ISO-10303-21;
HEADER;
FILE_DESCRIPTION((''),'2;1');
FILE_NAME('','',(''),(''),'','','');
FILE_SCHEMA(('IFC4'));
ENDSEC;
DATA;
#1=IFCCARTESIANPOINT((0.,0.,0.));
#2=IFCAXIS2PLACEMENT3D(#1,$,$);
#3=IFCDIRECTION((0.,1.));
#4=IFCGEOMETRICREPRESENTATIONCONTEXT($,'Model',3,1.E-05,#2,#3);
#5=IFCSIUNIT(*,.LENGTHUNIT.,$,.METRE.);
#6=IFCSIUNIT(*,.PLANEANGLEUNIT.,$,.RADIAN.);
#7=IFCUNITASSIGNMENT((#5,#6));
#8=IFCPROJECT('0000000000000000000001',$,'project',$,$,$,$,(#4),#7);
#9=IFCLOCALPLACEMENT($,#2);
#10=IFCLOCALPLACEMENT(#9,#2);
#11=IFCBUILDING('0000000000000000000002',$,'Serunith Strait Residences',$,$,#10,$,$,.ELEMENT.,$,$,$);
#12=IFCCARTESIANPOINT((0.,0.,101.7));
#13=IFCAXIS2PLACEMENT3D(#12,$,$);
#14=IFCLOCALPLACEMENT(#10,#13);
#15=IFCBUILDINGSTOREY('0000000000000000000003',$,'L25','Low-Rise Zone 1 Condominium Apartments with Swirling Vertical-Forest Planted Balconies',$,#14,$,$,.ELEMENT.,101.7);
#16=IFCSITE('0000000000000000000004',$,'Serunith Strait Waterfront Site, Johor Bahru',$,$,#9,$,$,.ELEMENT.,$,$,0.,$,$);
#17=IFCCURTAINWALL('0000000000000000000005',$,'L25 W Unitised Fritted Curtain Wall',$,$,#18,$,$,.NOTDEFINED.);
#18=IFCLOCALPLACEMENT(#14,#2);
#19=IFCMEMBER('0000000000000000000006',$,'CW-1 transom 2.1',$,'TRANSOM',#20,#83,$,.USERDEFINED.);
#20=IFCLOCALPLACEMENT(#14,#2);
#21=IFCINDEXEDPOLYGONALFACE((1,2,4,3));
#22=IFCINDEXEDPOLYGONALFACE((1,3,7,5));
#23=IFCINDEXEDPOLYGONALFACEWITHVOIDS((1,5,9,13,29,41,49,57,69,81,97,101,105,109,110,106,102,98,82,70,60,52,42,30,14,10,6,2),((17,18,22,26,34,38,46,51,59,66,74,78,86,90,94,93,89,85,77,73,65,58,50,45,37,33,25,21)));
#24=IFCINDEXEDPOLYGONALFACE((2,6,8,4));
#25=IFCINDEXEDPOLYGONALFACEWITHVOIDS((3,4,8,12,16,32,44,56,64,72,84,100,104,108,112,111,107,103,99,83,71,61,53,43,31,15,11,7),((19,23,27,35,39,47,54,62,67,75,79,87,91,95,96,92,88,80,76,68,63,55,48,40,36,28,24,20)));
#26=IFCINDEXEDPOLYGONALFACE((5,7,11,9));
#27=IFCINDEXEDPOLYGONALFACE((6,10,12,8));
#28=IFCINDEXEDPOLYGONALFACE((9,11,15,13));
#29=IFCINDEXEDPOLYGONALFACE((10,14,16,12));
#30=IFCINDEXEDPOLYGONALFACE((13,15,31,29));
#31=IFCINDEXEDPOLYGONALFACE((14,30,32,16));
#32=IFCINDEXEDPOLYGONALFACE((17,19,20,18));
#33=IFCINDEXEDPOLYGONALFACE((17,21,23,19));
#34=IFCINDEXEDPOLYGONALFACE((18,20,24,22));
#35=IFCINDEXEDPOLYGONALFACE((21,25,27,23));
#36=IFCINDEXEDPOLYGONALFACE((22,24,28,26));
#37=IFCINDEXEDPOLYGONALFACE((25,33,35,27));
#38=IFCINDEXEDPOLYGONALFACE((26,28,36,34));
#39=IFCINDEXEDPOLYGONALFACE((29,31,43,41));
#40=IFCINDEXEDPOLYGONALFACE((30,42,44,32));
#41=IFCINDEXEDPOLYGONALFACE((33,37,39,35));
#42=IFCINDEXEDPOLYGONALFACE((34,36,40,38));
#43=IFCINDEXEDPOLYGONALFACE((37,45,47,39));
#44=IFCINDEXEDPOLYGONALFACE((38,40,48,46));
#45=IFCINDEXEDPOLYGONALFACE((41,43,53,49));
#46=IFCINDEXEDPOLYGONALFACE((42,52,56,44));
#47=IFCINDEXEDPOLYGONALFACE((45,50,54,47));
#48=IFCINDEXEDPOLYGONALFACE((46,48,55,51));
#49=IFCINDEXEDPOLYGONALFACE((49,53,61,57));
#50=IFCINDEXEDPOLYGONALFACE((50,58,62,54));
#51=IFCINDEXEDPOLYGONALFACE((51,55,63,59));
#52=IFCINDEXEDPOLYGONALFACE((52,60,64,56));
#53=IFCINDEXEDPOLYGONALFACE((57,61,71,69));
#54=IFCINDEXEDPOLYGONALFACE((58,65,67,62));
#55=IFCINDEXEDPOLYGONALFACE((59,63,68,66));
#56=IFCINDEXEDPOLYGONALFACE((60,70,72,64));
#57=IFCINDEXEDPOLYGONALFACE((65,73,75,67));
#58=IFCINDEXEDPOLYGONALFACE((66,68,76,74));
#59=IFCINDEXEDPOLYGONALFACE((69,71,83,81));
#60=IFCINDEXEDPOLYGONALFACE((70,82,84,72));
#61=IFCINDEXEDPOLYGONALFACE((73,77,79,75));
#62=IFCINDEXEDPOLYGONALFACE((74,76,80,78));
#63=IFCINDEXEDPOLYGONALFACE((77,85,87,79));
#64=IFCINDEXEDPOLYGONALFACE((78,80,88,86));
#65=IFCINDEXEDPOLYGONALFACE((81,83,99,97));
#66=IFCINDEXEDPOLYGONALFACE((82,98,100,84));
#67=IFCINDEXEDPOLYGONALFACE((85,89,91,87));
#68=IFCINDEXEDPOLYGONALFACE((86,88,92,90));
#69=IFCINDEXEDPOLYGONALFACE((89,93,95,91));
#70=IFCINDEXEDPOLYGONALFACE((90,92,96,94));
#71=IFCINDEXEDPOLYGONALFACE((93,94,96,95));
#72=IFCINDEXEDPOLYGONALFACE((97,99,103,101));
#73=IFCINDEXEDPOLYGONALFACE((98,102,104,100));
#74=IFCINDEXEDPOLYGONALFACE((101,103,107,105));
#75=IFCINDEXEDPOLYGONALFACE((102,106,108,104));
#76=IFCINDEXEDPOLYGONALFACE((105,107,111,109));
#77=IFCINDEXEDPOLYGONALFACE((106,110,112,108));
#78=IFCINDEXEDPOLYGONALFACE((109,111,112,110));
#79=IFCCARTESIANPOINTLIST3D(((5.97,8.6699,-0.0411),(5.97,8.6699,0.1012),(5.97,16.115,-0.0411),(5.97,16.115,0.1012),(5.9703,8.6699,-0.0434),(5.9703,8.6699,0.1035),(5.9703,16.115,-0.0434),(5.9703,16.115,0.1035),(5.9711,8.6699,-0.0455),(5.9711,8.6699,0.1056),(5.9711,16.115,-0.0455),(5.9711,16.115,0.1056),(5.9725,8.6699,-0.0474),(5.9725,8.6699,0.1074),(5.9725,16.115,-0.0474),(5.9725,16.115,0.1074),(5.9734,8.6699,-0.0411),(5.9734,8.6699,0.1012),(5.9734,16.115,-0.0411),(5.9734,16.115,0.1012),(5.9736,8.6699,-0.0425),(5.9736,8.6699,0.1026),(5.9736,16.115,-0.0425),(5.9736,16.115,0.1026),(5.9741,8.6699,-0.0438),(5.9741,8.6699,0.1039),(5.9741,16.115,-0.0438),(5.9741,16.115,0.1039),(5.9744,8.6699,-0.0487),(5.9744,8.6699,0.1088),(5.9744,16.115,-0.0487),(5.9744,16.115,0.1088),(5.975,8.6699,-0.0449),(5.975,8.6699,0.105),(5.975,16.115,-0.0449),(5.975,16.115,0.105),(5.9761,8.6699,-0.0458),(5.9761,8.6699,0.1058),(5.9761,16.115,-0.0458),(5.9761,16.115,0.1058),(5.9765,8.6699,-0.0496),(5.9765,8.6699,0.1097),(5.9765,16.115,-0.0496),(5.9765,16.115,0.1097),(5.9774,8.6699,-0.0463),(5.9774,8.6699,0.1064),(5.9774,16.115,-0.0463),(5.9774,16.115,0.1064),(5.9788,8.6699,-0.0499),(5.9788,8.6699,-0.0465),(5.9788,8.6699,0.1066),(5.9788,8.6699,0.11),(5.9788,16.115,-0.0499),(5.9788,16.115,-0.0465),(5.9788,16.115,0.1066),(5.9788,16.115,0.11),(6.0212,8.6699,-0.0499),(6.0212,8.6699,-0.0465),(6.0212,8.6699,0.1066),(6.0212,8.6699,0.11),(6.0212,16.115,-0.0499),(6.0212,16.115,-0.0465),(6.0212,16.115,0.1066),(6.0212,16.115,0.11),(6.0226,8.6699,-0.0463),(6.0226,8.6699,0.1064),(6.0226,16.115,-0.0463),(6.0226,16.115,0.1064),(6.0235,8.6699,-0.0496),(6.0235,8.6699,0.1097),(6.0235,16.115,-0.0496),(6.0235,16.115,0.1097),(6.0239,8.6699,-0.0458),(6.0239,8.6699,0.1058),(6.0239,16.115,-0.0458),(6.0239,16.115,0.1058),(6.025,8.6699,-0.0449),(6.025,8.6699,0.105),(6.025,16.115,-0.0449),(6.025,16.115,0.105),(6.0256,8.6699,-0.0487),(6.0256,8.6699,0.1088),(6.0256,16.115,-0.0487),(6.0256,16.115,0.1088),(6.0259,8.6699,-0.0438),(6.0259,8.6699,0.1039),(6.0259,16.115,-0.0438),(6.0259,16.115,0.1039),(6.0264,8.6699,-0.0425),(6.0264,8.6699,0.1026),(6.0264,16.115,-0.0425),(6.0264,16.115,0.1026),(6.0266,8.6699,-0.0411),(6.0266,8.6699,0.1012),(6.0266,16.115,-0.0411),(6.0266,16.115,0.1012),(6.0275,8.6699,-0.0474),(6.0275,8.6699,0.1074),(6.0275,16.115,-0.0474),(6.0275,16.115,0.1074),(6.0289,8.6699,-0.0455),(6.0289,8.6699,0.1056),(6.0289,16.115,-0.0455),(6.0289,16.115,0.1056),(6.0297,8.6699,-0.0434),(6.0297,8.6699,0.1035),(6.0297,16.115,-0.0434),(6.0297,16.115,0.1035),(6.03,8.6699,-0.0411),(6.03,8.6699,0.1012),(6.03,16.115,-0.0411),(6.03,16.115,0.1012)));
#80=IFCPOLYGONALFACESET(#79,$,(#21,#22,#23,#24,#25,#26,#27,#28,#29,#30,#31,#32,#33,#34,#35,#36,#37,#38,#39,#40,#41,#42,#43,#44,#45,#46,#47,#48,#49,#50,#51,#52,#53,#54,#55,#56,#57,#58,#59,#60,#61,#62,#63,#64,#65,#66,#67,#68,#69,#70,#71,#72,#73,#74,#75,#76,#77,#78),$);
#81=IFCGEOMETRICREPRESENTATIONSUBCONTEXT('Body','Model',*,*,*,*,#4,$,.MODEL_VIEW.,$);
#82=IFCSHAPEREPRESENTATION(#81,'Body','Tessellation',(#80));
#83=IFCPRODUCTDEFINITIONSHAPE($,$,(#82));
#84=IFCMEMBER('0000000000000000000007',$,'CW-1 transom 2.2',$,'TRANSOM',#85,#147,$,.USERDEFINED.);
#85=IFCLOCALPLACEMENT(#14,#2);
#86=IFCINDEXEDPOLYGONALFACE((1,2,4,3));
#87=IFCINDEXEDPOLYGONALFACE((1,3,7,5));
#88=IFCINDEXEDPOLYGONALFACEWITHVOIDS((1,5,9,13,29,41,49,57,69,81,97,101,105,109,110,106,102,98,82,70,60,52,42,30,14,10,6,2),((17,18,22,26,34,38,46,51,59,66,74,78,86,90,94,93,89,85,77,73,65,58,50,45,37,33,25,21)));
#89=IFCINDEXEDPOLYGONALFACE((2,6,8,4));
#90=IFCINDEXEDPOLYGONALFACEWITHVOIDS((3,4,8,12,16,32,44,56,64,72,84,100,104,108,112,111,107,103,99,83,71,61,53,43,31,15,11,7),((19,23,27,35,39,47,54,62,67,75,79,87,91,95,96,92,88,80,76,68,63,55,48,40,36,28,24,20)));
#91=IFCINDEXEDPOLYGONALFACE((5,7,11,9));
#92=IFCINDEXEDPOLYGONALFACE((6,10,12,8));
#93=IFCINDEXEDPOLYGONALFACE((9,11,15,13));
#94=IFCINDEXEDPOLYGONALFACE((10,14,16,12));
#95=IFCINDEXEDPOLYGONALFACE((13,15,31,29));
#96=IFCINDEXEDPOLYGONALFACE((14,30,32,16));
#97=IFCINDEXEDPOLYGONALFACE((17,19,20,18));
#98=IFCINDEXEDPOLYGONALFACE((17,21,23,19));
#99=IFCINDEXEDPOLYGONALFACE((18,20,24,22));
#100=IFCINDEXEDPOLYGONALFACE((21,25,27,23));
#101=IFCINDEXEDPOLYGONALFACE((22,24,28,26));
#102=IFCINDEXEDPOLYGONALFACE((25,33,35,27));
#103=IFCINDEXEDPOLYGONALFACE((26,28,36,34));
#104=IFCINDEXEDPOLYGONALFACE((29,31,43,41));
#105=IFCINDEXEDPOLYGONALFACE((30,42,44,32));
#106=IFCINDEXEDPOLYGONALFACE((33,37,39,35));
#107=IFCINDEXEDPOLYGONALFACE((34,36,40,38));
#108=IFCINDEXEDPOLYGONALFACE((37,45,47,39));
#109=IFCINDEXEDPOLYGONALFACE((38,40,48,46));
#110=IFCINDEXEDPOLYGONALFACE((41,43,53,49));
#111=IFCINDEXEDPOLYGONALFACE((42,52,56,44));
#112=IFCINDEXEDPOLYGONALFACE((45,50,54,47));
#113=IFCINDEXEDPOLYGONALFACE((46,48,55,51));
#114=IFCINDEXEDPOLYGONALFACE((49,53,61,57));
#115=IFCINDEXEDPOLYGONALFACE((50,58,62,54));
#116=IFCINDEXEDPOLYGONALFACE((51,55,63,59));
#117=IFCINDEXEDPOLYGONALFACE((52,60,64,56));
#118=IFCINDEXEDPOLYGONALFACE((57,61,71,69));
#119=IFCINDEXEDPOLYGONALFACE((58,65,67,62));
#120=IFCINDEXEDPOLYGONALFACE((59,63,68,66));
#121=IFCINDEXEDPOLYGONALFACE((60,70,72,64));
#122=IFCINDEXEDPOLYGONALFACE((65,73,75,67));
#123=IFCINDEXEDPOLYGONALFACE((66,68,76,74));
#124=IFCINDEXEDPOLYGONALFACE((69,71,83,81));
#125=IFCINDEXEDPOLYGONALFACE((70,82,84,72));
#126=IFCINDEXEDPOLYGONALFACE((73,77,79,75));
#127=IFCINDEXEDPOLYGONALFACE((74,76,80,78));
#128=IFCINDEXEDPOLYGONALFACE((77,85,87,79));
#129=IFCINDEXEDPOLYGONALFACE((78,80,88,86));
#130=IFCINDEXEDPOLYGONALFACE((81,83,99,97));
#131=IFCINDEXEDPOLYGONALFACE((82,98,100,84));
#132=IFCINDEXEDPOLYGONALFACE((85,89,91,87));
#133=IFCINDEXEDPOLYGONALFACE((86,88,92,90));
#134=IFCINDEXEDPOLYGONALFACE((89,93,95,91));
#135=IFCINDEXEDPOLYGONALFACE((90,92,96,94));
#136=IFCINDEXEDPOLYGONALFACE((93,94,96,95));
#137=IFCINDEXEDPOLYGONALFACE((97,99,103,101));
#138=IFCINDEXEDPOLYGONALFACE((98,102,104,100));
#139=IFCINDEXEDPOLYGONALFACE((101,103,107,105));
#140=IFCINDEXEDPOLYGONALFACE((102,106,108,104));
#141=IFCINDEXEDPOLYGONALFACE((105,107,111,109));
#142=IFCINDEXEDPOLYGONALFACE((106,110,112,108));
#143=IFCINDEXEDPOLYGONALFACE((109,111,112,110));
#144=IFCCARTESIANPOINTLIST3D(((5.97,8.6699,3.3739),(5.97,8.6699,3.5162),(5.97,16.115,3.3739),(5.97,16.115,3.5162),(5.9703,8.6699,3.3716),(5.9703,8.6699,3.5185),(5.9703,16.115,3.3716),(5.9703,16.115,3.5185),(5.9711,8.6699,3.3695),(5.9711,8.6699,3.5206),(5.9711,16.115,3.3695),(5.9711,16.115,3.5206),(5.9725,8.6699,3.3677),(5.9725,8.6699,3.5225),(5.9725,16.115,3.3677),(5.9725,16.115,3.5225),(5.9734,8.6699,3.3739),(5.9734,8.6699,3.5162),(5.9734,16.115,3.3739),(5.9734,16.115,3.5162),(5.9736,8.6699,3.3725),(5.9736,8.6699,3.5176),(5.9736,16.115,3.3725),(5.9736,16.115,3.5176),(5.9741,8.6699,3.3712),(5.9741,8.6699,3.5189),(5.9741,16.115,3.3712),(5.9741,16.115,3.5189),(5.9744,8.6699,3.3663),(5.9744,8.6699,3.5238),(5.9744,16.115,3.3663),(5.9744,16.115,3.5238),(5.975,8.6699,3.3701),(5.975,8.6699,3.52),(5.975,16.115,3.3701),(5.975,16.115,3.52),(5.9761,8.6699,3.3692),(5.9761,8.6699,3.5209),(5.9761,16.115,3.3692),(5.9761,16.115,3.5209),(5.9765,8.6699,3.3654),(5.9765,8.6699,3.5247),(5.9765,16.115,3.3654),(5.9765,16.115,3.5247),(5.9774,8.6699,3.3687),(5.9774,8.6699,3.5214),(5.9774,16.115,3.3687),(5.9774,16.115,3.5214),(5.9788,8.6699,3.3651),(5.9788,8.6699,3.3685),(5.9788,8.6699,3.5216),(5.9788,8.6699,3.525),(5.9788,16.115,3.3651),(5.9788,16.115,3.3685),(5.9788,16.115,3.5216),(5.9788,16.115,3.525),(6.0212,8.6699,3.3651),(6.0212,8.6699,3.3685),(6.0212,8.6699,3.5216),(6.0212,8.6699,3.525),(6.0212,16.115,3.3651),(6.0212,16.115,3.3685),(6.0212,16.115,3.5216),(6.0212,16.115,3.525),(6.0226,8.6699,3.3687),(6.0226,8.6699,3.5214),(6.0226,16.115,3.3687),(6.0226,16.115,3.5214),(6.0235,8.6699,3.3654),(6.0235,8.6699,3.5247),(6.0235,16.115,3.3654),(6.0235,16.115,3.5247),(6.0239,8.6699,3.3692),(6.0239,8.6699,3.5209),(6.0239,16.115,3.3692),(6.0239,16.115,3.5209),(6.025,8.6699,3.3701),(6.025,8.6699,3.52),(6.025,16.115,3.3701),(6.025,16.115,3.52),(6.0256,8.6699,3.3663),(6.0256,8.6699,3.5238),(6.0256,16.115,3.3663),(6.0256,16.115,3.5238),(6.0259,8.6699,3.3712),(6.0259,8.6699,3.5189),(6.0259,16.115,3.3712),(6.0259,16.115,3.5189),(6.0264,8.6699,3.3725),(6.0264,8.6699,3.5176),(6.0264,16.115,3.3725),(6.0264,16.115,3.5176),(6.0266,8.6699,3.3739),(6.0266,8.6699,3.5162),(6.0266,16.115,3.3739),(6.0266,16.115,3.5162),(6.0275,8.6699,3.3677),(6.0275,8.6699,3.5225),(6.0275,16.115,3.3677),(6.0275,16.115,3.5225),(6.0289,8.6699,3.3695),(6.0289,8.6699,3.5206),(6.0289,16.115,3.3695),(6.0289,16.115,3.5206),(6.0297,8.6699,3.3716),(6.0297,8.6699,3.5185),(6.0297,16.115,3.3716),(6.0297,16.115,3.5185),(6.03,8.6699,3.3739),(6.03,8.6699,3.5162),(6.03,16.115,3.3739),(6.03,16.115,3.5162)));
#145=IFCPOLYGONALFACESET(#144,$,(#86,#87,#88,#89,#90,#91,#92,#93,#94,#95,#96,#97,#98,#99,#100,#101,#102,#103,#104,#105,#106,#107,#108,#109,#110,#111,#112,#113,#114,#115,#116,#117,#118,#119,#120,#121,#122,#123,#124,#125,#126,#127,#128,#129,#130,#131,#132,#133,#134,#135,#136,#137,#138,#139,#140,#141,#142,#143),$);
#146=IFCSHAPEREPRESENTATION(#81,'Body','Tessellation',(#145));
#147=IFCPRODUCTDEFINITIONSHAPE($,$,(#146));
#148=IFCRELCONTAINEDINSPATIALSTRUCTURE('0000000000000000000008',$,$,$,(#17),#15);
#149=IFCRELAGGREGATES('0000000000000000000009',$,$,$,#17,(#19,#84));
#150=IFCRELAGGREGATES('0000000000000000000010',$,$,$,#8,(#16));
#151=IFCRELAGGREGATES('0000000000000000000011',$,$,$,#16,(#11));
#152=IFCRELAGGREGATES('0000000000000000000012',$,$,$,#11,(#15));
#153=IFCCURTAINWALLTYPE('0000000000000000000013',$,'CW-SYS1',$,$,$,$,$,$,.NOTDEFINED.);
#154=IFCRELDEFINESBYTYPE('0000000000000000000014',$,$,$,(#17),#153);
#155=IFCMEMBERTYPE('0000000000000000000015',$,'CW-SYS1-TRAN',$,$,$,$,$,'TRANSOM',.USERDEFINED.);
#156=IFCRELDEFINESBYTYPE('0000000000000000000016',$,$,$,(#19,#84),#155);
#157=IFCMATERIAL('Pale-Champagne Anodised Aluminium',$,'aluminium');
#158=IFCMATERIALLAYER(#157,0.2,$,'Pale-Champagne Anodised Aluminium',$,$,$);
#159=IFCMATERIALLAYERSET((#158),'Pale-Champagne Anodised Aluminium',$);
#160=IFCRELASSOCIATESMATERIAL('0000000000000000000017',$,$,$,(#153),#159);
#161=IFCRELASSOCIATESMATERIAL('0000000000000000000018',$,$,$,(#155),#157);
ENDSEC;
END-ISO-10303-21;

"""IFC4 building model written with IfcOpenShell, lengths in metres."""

from ifc_helpers import new_model, si_unit, direction, frame, origin, origin_2d, place, context, subcontext, project, spatial, hollow_rectangle, extrude, source, transform, mapped, material, layer, layer_set, material_profile, profile_set, type_object, element, aggregate, save


model = new_model("IFC4")

# Units and contexts
model_context = context("Model", 3, precision=1e-05, world=origin(), true_north=direction((0.0, 1.0)))
body_context = subcontext(model_context, "Body", "Model", "MODEL_VIEW")
ifc_project = project(units=[si_unit("LENGTHUNIT", "METRE"), si_unit("PLANEANGLEUNIT", "RADIAN")], contexts=[model_context])

# Site, building, storey
site_placement = place(None, origin())
site = spatial("IfcSite", under=ifc_project, at=site_placement, Name="Serunith Strait Waterfront Site, Johor Bahru", CompositionType="ELEMENT", RefElevation=0.0)
building_placement = place(site_placement, origin())
building = spatial("IfcBuilding", under=site, at=building_placement, Name="Serunith Strait Residences", CompositionType="ELEMENT")
storey_placement = place(building_placement, frame((0.0, 0.0, 101.7)))
storey = spatial("IfcBuildingStorey", under=building, at=storey_placement, Name="L25", Description="Low-Rise Zone 1 Condominium Apartments with Swirling Vertical-Forest Planted Balconies", CompositionType="ELEMENT", Elevation=101.7)

# Curtain wall, members
ifc_material_1 = material(Name="Pale-Champagne Anodised Aluminium", Category="aluminium")
ifc_layer_1 = layer(ifc_material_1, 0.2, Name="Pale-Champagne Anodised Aluminium")
ifc_layer_set_1 = layer_set([ifc_layer_1], Name="Pale-Champagne Anodised Aluminium")
curtain_wall_type = type_object("IfcCurtainWallType", Name="CW-SYS1", PredefinedType="NOTDEFINED", material=ifc_layer_set_1)
curtain_wall_placement = place(storey_placement, origin())
curtain_wall = element("IfcCurtainWall", 1, at=curtain_wall_placement, inside=storey, type_object=curtain_wall_type, Name="L25 W Unitised Fritted Curtain Wall", PredefinedType="NOTDEFINED")
ifc_material_profile_1 = material_profile(ifc_material_1, hollow_rectangle(XDim=0.0601, YDim=0.1599, WallThickness=0.0034, InnerFilletRadius=0.0054, OuterFilletRadius=0.0088, at=origin_2d()), Name="ALU 160x60x3.5")
ifc_profile_set_1 = profile_set([ifc_material_profile_1], Name="Pale-Champagne Anodised Aluminium")
member_type_1 = type_object("IfcMemberType", Name="CW-SYS1-TRAN", ElementType="TRANSOM", PredefinedType="USERDEFINED", material=ifc_profile_set_1)
shared_shape_1 = source(origin(), body_context, "Body", "SweptSolid", [
    extrude(hollow_rectangle(XDim=0.0601, YDim=0.1599, WallThickness=0.0034, InnerFilletRadius=0.0054, OuterFilletRadius=0.0088, at=origin_2d()), origin(), (0.0, 0.0, 1.0), 7.4451),
])
member_1_placement = place(storey_placement, frame((6.0, 16.115, 0.03), z_axis=(0.0, -1.0, 0.0), x_axis=(1.0, 0.0, 0.0)))
member_1 = element("IfcMember", 2, at=member_1_placement, type_object=member_type_1, Name="CW-1 transom 2.1", ObjectType="TRANSOM", PredefinedType="USERDEFINED", context=body_context, shape_type="MappedRepresentation", body=[
    mapped(shared_shape_1, transform((0.0, 0.0, 0.0), scale=1.0)),
])
member_2_placement = place(storey_placement, frame((6.0, 16.115, 3.4451), z_axis=(0.0, -1.0, 0.0), x_axis=(1.0, 0.0, 0.0)))
member_2 = element("IfcMember", 3, at=member_2_placement, type_object=member_type_1, Name="CW-1 transom 2.2", ObjectType="TRANSOM", PredefinedType="USERDEFINED", context=body_context, shape_type="MappedRepresentation", body=[
    mapped(shared_shape_1, transform((0.0, 0.0, 0.0), scale=1.0)),
])
aggregate(curtain_wall, [member_1, member_2])

save(model, "model.ifc")
